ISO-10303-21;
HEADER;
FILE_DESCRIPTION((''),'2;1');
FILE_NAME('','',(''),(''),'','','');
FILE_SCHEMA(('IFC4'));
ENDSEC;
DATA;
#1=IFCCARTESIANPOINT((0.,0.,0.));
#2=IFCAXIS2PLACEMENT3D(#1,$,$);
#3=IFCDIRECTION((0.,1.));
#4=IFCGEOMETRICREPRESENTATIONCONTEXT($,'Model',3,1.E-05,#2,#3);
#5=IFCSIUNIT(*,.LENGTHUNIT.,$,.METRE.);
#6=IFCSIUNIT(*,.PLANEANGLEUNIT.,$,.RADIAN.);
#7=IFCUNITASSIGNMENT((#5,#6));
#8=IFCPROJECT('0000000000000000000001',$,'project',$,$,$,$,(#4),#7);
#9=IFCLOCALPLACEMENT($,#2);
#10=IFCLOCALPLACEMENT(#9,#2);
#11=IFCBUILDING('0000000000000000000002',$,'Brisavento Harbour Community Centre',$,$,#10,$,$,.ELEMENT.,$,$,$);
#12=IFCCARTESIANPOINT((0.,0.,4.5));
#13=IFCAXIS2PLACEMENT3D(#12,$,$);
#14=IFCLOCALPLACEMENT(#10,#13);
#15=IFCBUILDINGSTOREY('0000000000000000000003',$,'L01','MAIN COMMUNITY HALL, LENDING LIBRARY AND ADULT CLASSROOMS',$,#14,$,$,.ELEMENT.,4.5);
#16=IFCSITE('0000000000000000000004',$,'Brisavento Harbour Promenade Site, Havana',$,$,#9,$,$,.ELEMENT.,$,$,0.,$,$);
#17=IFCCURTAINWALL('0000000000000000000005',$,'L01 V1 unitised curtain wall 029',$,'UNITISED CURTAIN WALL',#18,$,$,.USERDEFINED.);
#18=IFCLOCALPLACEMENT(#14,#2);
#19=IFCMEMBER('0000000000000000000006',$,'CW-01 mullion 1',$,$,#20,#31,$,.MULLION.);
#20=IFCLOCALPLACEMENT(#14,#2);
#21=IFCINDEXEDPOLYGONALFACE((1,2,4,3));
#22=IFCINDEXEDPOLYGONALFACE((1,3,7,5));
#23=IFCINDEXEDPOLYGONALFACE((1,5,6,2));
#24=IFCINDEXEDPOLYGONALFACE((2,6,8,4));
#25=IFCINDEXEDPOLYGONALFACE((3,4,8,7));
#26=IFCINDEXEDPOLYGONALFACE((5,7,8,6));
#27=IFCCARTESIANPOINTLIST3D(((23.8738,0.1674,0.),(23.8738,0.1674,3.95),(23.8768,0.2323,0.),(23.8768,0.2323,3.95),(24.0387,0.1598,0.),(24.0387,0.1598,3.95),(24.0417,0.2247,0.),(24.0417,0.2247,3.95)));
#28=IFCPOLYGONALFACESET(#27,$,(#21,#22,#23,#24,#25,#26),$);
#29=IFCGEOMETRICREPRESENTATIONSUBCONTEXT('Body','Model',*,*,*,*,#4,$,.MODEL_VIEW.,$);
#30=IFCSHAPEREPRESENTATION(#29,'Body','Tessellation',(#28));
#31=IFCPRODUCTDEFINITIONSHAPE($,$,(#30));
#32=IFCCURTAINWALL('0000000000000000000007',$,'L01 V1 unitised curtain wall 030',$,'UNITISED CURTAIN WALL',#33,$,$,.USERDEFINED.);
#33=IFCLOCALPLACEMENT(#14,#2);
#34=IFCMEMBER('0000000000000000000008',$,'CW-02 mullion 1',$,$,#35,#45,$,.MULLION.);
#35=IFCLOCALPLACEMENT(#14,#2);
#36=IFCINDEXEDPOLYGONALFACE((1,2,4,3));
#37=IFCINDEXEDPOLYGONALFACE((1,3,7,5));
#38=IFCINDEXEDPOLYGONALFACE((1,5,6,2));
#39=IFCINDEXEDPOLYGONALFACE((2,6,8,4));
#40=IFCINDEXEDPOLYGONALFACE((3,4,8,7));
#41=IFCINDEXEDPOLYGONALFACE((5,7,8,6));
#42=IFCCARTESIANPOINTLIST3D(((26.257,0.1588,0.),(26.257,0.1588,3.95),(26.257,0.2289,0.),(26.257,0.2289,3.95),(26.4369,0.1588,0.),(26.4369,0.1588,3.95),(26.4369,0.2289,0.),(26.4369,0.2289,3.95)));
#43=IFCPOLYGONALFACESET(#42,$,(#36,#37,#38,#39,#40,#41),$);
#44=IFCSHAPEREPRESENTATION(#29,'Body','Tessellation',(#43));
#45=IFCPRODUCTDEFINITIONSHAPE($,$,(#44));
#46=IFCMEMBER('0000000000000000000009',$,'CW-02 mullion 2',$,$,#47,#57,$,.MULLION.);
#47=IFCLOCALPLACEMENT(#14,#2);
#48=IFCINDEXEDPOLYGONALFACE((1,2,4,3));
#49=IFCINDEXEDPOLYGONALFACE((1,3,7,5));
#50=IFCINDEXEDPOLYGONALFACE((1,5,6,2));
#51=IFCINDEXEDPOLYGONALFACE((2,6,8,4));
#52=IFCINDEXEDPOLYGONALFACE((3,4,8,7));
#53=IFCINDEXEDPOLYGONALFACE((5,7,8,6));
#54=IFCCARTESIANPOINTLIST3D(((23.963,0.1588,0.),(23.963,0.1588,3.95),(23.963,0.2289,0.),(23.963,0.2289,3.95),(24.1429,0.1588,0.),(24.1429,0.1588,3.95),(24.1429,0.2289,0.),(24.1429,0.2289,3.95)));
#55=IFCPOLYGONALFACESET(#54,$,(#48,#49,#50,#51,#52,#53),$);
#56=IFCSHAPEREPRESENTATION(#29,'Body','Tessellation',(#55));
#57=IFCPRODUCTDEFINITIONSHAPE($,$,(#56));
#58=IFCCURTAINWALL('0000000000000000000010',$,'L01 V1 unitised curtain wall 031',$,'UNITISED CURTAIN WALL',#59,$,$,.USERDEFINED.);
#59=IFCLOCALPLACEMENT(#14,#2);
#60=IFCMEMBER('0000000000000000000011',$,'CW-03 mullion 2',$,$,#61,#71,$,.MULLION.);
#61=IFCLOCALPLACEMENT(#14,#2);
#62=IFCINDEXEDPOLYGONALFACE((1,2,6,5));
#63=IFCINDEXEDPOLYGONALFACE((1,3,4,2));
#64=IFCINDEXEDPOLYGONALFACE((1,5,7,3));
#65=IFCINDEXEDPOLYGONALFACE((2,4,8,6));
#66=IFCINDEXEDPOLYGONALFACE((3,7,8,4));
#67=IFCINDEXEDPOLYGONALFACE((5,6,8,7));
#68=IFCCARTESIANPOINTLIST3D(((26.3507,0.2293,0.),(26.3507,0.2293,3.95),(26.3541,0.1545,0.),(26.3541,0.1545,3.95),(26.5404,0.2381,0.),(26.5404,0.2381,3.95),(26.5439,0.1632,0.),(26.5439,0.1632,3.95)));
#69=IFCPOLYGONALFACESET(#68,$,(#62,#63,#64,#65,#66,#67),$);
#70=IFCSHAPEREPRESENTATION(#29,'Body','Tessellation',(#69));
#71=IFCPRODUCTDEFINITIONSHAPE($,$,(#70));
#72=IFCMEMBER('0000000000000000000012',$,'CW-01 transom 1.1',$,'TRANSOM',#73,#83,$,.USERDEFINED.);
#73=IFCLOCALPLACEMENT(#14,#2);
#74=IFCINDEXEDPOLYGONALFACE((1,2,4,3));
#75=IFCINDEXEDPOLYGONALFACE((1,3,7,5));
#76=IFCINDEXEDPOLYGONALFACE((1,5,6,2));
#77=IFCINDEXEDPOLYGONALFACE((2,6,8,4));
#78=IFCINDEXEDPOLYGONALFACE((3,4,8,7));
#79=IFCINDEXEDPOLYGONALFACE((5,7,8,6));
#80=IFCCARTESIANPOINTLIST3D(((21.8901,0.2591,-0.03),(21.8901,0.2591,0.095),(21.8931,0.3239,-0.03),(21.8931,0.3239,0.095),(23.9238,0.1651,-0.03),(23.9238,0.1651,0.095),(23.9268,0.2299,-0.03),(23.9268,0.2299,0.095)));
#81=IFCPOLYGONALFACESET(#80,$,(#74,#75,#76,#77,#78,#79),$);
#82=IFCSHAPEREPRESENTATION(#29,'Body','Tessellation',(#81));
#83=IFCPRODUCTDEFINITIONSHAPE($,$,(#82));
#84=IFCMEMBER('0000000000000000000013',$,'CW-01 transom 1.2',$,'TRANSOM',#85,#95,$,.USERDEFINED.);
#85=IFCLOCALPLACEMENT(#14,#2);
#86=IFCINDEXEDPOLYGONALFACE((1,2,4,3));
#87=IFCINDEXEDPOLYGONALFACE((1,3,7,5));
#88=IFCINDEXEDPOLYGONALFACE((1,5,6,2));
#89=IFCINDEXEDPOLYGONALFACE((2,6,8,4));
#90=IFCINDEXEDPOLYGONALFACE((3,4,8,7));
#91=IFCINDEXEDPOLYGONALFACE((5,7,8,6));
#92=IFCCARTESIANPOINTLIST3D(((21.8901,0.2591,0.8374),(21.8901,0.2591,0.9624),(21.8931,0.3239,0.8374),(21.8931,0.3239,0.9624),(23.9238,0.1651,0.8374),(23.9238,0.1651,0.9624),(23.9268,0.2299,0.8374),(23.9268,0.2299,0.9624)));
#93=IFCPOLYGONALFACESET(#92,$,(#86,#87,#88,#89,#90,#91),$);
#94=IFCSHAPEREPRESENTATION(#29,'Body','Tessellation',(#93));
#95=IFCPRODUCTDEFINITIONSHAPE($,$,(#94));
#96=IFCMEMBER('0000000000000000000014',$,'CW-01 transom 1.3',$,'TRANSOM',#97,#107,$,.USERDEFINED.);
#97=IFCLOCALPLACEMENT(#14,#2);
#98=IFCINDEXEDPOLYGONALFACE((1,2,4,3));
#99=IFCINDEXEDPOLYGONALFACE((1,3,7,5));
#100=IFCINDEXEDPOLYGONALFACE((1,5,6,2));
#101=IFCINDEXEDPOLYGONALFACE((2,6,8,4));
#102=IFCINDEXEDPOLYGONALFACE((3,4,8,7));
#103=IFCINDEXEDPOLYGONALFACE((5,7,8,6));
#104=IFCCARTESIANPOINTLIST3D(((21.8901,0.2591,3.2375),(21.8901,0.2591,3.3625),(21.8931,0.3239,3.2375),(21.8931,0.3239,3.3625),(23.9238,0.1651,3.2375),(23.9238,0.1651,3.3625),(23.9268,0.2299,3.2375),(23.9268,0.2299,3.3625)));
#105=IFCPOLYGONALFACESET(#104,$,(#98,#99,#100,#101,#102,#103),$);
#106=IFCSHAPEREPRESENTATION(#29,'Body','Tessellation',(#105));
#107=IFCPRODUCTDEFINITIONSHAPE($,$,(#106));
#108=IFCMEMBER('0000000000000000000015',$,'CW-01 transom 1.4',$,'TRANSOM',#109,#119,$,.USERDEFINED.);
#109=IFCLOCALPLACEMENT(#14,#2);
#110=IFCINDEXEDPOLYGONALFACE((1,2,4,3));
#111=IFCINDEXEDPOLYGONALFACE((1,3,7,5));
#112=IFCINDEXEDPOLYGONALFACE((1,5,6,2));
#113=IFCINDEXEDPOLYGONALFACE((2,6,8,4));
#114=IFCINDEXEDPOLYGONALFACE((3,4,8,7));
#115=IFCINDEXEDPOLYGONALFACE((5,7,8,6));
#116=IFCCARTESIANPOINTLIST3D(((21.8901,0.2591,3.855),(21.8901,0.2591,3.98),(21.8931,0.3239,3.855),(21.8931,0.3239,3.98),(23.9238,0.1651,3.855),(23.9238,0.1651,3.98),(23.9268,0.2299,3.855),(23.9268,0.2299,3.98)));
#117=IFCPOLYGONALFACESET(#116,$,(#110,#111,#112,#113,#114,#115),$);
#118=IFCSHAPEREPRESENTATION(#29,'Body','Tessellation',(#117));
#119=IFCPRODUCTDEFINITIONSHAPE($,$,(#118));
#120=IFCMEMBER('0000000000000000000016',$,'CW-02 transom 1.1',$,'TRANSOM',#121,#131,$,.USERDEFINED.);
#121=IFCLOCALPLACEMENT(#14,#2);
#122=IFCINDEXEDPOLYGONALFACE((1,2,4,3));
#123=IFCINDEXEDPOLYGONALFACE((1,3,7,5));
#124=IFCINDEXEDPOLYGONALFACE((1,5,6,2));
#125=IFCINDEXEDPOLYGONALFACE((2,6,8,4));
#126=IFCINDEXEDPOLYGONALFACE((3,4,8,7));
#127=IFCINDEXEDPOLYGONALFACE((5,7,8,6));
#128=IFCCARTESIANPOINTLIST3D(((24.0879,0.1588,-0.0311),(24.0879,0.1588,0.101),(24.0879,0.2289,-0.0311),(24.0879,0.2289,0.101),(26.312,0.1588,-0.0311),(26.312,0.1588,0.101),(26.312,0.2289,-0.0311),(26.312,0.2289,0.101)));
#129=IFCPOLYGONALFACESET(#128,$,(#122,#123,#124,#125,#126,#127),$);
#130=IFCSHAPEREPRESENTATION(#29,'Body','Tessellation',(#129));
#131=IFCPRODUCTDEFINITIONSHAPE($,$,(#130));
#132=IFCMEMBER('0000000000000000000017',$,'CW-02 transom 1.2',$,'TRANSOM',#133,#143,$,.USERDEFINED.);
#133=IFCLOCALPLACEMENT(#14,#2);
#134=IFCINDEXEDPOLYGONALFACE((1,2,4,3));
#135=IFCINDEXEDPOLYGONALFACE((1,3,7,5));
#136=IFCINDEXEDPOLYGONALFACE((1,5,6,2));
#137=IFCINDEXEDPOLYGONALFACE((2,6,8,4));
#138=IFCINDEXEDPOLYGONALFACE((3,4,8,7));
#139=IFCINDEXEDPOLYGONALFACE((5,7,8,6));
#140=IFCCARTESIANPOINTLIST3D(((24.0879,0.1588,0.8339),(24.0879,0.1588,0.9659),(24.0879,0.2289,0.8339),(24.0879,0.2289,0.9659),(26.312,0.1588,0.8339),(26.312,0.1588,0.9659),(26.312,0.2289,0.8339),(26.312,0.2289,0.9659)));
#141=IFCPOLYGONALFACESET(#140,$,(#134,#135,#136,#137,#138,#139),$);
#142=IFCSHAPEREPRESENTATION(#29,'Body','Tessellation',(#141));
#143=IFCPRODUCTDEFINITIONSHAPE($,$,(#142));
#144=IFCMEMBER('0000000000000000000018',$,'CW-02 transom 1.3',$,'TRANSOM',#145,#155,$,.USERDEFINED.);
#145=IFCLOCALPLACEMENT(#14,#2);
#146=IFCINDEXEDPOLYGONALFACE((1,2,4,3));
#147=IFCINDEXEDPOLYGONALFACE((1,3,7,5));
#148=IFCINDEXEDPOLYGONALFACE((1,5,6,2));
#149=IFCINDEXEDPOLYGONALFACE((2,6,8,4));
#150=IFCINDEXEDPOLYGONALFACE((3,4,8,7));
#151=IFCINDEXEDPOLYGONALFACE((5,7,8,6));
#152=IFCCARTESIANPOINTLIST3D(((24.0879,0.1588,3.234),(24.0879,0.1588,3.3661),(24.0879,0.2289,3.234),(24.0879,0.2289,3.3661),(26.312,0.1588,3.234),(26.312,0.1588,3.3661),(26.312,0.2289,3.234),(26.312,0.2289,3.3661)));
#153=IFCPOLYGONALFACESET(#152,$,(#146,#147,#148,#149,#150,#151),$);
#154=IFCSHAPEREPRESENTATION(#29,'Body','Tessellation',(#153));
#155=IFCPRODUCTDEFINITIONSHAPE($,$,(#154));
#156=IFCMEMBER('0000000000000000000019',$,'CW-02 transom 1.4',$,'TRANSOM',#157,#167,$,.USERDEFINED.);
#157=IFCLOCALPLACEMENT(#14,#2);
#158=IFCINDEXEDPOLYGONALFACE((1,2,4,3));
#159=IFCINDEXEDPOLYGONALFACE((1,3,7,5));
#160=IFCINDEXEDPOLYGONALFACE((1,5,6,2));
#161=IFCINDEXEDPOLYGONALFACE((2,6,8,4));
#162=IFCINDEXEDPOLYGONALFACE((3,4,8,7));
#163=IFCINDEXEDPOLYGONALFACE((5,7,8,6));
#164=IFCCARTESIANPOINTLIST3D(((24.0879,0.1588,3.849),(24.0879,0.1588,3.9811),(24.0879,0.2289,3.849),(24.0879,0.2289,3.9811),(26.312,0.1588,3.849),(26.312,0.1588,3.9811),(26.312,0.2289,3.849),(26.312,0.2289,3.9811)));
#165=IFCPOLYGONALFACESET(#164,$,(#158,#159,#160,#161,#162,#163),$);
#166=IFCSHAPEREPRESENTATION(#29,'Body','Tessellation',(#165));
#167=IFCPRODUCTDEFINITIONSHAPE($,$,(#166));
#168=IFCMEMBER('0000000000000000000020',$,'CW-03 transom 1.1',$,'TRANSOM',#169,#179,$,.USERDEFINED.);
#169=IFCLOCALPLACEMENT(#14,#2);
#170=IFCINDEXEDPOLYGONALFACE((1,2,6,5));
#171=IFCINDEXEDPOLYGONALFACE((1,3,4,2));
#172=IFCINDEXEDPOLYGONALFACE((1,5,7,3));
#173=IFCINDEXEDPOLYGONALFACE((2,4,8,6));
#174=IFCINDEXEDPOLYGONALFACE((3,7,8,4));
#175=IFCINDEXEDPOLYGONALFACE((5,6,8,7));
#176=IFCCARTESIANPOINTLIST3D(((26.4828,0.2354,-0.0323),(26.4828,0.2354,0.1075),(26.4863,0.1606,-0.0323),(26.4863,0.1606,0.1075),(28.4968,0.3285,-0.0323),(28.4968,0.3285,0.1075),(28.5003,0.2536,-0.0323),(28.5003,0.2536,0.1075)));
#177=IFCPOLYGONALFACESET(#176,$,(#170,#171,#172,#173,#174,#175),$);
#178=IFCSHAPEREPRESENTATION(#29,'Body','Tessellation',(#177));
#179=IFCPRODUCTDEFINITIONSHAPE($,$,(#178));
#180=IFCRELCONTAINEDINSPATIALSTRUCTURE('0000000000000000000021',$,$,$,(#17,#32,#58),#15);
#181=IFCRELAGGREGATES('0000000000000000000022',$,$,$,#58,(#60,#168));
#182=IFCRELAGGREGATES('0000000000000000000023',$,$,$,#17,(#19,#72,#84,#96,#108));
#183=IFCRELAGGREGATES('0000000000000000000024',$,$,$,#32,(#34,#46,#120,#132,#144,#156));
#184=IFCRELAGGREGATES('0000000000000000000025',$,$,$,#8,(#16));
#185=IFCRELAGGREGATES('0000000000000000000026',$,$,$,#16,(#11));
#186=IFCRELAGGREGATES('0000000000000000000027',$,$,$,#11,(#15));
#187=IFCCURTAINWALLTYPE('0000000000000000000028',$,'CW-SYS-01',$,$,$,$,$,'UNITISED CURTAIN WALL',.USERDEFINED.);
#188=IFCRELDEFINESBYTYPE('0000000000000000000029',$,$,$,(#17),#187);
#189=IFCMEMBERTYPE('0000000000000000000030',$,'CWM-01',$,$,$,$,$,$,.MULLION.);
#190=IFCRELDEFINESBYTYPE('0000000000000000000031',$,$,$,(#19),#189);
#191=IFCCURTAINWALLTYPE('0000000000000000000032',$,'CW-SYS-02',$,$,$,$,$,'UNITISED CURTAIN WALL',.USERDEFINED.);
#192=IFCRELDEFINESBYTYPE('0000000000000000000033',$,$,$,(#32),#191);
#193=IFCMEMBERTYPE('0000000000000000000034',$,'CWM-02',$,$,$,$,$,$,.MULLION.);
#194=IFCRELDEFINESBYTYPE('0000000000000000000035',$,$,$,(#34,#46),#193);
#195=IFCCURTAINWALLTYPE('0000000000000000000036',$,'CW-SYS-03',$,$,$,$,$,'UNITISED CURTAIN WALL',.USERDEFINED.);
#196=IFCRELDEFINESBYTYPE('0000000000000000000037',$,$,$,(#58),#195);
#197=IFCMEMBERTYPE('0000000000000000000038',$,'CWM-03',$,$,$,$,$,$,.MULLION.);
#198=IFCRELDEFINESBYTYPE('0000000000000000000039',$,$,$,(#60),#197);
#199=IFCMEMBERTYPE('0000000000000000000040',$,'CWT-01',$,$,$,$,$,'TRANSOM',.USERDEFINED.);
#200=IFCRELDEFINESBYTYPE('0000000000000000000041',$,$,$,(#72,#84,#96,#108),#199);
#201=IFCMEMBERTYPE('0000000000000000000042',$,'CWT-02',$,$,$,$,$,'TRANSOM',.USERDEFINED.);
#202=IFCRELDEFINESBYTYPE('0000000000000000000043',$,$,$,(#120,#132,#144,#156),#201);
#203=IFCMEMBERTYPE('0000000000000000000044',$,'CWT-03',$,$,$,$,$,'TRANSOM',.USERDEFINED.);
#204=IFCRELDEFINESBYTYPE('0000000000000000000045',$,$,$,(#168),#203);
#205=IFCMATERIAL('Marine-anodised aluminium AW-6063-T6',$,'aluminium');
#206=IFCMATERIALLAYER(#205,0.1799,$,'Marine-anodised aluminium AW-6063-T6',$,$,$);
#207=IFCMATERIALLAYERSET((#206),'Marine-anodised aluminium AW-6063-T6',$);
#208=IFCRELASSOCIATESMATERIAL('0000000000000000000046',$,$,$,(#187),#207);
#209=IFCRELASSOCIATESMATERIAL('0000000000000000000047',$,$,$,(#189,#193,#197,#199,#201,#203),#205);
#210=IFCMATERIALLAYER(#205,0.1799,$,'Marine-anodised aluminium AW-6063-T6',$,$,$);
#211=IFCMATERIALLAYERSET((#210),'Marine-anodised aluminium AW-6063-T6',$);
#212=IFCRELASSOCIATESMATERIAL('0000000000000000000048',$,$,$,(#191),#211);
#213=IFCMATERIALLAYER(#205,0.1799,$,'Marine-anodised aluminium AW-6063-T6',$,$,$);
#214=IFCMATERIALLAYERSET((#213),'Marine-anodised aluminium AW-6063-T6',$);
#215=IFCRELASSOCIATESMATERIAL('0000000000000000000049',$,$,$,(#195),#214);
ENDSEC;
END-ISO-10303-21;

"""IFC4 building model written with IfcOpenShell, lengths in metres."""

from ifc_helpers import new_model, si_unit, direction, frame, origin, origin_2d, place, context, subcontext, project, spatial, rectangle, extrude, material, layer, layer_set, material_profile, profile_set, type_object, element, aggregate, save


model = new_model("IFC4")

# Units and contexts
model_context = context("Model", 3, precision=1e-05, world=origin(), true_north=direction((0.0, 1.0)))
body_context = subcontext(model_context, "Body", "Model", "MODEL_VIEW")
ifc_project = project(units=[si_unit("LENGTHUNIT", "METRE"), si_unit("PLANEANGLEUNIT", "RADIAN")], contexts=[model_context])

# Site, building, storey
site_placement = place(None, origin())
site = spatial("IfcSite", under=ifc_project, at=site_placement, Name="Brisavento Harbour Promenade Site, Havana", CompositionType="ELEMENT", RefElevation=0.0)
building_placement = place(site_placement, origin())
building = spatial("IfcBuilding", under=site, at=building_placement, Name="Brisavento Harbour Community Centre", CompositionType="ELEMENT")
storey_placement = place(building_placement, frame((0.0, 0.0, 4.5)))
storey = spatial("IfcBuildingStorey", under=building, at=storey_placement, Name="L01", Description="MAIN COMMUNITY HALL, LENDING LIBRARY AND ADULT CLASSROOMS", CompositionType="ELEMENT", Elevation=4.5)

# Curtain wall, member
ifc_material_1 = material(Name="Marine-anodised aluminium AW-6063-T6", Category="aluminium")
ifc_layer_1 = layer(ifc_material_1, 0.1799, Name="Marine-anodised aluminium AW-6063-T6")
ifc_layer_set_1 = layer_set([ifc_layer_1], Name="Marine-anodised aluminium AW-6063-T6")
curtain_wall_type_1 = type_object("IfcCurtainWallType", Name="CW-SYS-01", ElementType="UNITISED CURTAIN WALL", PredefinedType="USERDEFINED", material=ifc_layer_set_1)
curtain_wall_1_placement = place(storey_placement, origin())
curtain_wall_1 = element("IfcCurtainWall", 1, at=curtain_wall_1_placement, inside=storey, type_object=curtain_wall_type_1, Name="L01 V1 unitised curtain wall 029", ObjectType="UNITISED CURTAIN WALL", PredefinedType="USERDEFINED")
ifc_material_profile_1 = material_profile(ifc_material_1, rectangle(XDim=0.0649, YDim=0.165, at=origin_2d()), Name="Marine-anodised aluminium AW-6063-T6")
ifc_profile_set_1 = profile_set([ifc_material_profile_1], Name="Marine-anodised aluminium AW-6063-T6")
member_type_1 = type_object("IfcMemberType", Name="CWM-01", PredefinedType="MULLION", material=ifc_profile_set_1)
member_1_placement = place(storey_placement, frame((23.9578, 0.196, 0.0), z_axis=(0.0, 0.0, 1.0), x_axis=(-0.046168, -0.998934, 0.0)))
member_1 = element("IfcMember", 2, at=member_1_placement, type_object=member_type_1, Name="CW-01 mullion 1", PredefinedType="MULLION", context=body_context, shape_type="SweptSolid", body=[
    extrude(rectangle(XDim=0.0649, YDim=0.165, at=origin_2d()), origin(), (0.0, 0.0, 1.0), 3.95),
])

# Curtain wall, members
ifc_layer_2 = layer(ifc_material_1, 0.1799, Name="Marine-anodised aluminium AW-6063-T6")
ifc_layer_set_2 = layer_set([ifc_layer_2], Name="Marine-anodised aluminium AW-6063-T6")
curtain_wall_type_2 = type_object("IfcCurtainWallType", Name="CW-SYS-02", ElementType="UNITISED CURTAIN WALL", PredefinedType="USERDEFINED", material=ifc_layer_set_2)
curtain_wall_2_placement = place(storey_placement, origin())
curtain_wall_2 = element("IfcCurtainWall", 3, at=curtain_wall_2_placement, inside=storey, type_object=curtain_wall_type_2, Name="L01 V1 unitised curtain wall 030", ObjectType="UNITISED CURTAIN WALL", PredefinedType="USERDEFINED")
ifc_material_profile_2 = material_profile(ifc_material_1, rectangle(XDim=0.0701, YDim=0.1799, at=origin_2d()), Name="Marine-anodised aluminium AW-6063-T6")
ifc_profile_set_2 = profile_set([ifc_material_profile_2], Name="Marine-anodised aluminium AW-6063-T6")
member_type_2 = type_object("IfcMemberType", Name="CWM-02", PredefinedType="MULLION", material=ifc_profile_set_2)
member_2_placement = place(storey_placement, frame((26.3469, 0.1938, 0.0), z_axis=(0.0, 0.0, 1.0), x_axis=(0.0, -1.0, 0.0)))
member_2 = element("IfcMember", 4, at=member_2_placement, type_object=member_type_2, Name="CW-02 mullion 1", PredefinedType="MULLION", context=body_context, shape_type="SweptSolid", body=[
    extrude(rectangle(XDim=0.0701, YDim=0.1799, at=origin_2d()), origin(), (0.0, 0.0, 1.0), 3.95),
])
member_3_placement = place(storey_placement, frame((24.053, 0.1938, 0.0), z_axis=(0.0, 0.0, 1.0), x_axis=(0.0, -1.0, 0.0)))
member_3 = element("IfcMember", 5, at=member_3_placement, type_object=member_type_2, Name="CW-02 mullion 2", PredefinedType="MULLION", context=body_context, shape_type="SweptSolid", body=[
    extrude(rectangle(XDim=0.0701, YDim=0.1799, at=origin_2d()), origin(), (0.0, 0.0, 1.0), 3.95),
])

# Curtain wall, member
ifc_layer_3 = layer(ifc_material_1, 0.1799, Name="Marine-anodised aluminium AW-6063-T6")
ifc_layer_set_3 = layer_set([ifc_layer_3], Name="Marine-anodised aluminium AW-6063-T6")
curtain_wall_type_3 = type_object("IfcCurtainWallType", Name="CW-SYS-03", ElementType="UNITISED CURTAIN WALL", PredefinedType="USERDEFINED", material=ifc_layer_set_3)
curtain_wall_3_placement = place(storey_placement, origin())
curtain_wall_3 = element("IfcCurtainWall", 6, at=curtain_wall_3_placement, inside=storey, type_object=curtain_wall_type_3, Name="L01 V1 unitised curtain wall 031", ObjectType="UNITISED CURTAIN WALL", PredefinedType="USERDEFINED")
ifc_material_profile_3 = material_profile(ifc_material_1, rectangle(XDim=0.075, YDim=0.1899, at=origin_2d()), Name="Marine-anodised aluminium AW-6063-T6")
ifc_profile_set_3 = profile_set([ifc_material_profile_3], Name="Marine-anodised aluminium AW-6063-T6")
member_type_3 = type_object("IfcMemberType", Name="CWM-03", PredefinedType="MULLION", material=ifc_profile_set_3)
member_4_placement = place(storey_placement, frame((26.4473, 0.1963, 0.0), z_axis=(0.0, 0.0, 1.0), x_axis=(0.046168, -0.998934, 0.0)))
member_4 = element("IfcMember", 7, at=member_4_placement, type_object=member_type_3, Name="CW-03 mullion 2", PredefinedType="MULLION", context=body_context, shape_type="SweptSolid", body=[
    extrude(rectangle(XDim=0.075, YDim=0.1899, at=origin_2d()), origin(), (0.0, 0.0, 1.0), 3.95),
])

# Members
ifc_material_profile_4 = material_profile(ifc_material_1, rectangle(XDim=0.0649, YDim=0.125, at=origin_2d()), Name="Marine-anodised aluminium AW-6063-T6")
ifc_profile_set_4 = profile_set([ifc_material_profile_4], Name="Marine-anodised aluminium AW-6063-T6")
member_type_4 = type_object("IfcMemberType", Name="CWT-01", ElementType="TRANSOM", PredefinedType="USERDEFINED", material=ifc_profile_set_4)
member_5_placement = place(storey_placement, frame((23.9253, 0.1975, 0.0325), z_axis=(-0.998934, 0.046169, 0.0), x_axis=(-0.046169, -0.998934, 0.0)))
member_5 = element("IfcMember", 8, at=member_5_placement, type_object=member_type_4, Name="CW-01 transom 1.1", ObjectType="TRANSOM", PredefinedType="USERDEFINED", context=body_context, shape_type="SweptSolid", body=[
    extrude(rectangle(XDim=0.0649, YDim=0.125, at=origin_2d()), origin(), (0.0, 0.0, 1.0), 2.0359),
])
member_6_placement = place(storey_placement, frame((23.9253, 0.1975, 0.8999), z_axis=(-0.998934, 0.046169, 0.0), x_axis=(-0.046169, -0.998934, 0.0)))
member_6 = element("IfcMember", 9, at=member_6_placement, type_object=member_type_4, Name="CW-01 transom 1.2", ObjectType="TRANSOM", PredefinedType="USERDEFINED", context=body_context, shape_type="SweptSolid", body=[
    extrude(rectangle(XDim=0.0649, YDim=0.125, at=origin_2d()), origin(), (0.0, 0.0, 1.0), 2.0359),
])
member_7_placement = place(storey_placement, frame((23.9253, 0.1975, 3.3), z_axis=(-0.998934, 0.046169, 0.0), x_axis=(-0.046169, -0.998934, 0.0)))
member_7 = element("IfcMember", 10, at=member_7_placement, type_object=member_type_4, Name="CW-01 transom 1.3", ObjectType="TRANSOM", PredefinedType="USERDEFINED", context=body_context, shape_type="SweptSolid", body=[
    extrude(rectangle(XDim=0.0649, YDim=0.125, at=origin_2d()), origin(), (0.0, 0.0, 1.0), 2.0359),
])
member_8_placement = place(storey_placement, frame((23.9253, 0.1975, 3.9175), z_axis=(-0.998934, 0.046169, 0.0), x_axis=(-0.046169, -0.998934, 0.0)))
member_8 = element("IfcMember", 11, at=member_8_placement, type_object=member_type_4, Name="CW-01 transom 1.4", ObjectType="TRANSOM", PredefinedType="USERDEFINED", context=body_context, shape_type="SweptSolid", body=[
    extrude(rectangle(XDim=0.0649, YDim=0.125, at=origin_2d()), origin(), (0.0, 0.0, 1.0), 2.0359),
])
ifc_material_profile_5 = material_profile(ifc_material_1, rectangle(XDim=0.0701, YDim=0.1321, at=origin_2d()), Name="Marine-anodised aluminium AW-6063-T6")
ifc_profile_set_5 = profile_set([ifc_material_profile_5], Name="Marine-anodised aluminium AW-6063-T6")
member_type_5 = type_object("IfcMemberType", Name="CWT-02", ElementType="TRANSOM", PredefinedType="USERDEFINED", material=ifc_profile_set_5)
member_9_placement = place(storey_placement, frame((26.312, 0.1938, 0.0349), z_axis=(-1.0, 0.0, 0.0), x_axis=(0.0, -1.0, 0.0)))
member_9 = element("IfcMember", 12, at=member_9_placement, type_object=member_type_5, Name="CW-02 transom 1.1", ObjectType="TRANSOM", PredefinedType="USERDEFINED", context=body_context, shape_type="SweptSolid", body=[
    extrude(rectangle(XDim=0.0701, YDim=0.1321, at=origin_2d()), origin(), (0.0, 0.0, 1.0), 2.2241),
])
member_10_placement = place(storey_placement, frame((26.312, 0.1938, 0.8999), z_axis=(-1.0, 0.0, 0.0), x_axis=(0.0, -1.0, 0.0)))
member_10 = element("IfcMember", 13, at=member_10_placement, type_object=member_type_5, Name="CW-02 transom 1.2", ObjectType="TRANSOM", PredefinedType="USERDEFINED", context=body_context, shape_type="SweptSolid", body=[
    extrude(rectangle(XDim=0.0701, YDim=0.1321, at=origin_2d()), origin(), (0.0, 0.0, 1.0), 2.2241),
])
member_11_placement = place(storey_placement, frame((26.312, 0.1938, 3.3), z_axis=(-1.0, 0.0, 0.0), x_axis=(0.0, -1.0, 0.0)))
member_11 = element("IfcMember", 14, at=member_11_placement, type_object=member_type_5, Name="CW-02 transom 1.3", ObjectType="TRANSOM", PredefinedType="USERDEFINED", context=body_context, shape_type="SweptSolid", body=[
    extrude(rectangle(XDim=0.0701, YDim=0.1321, at=origin_2d()), origin(), (0.0, 0.0, 1.0), 2.2241),
])
member_12_placement = place(storey_placement, frame((26.312, 0.1938, 3.915), z_axis=(-1.0, 0.0, 0.0), x_axis=(0.0, -1.0, 0.0)))
member_12 = element("IfcMember", 15, at=member_12_placement, type_object=member_type_5, Name="CW-02 transom 1.4", ObjectType="TRANSOM", PredefinedType="USERDEFINED", context=body_context, shape_type="SweptSolid", body=[
    extrude(rectangle(XDim=0.0701, YDim=0.1321, at=origin_2d()), origin(), (0.0, 0.0, 1.0), 2.2241),
])
ifc_material_profile_6 = material_profile(ifc_material_1, rectangle(XDim=0.075, YDim=0.1399, at=origin_2d()), Name="Marine-anodised aluminium AW-6063-T6")
ifc_profile_set_6 = profile_set([ifc_material_profile_6], Name="Marine-anodised aluminium AW-6063-T6")
member_type_6 = type_object("IfcMemberType", Name="CWT-03", ElementType="TRANSOM", PredefinedType="USERDEFINED", material=ifc_profile_set_6)
member_13_placement = place(storey_placement, frame((28.4985, 0.291, 0.0376), z_axis=(-0.998935, -0.046138, 0.0), x_axis=(0.046138, -0.998935, 0.0)))
member_13 = element("IfcMember", 16, at=member_13_placement, type_object=member_type_6, Name="CW-03 transom 1.1", ObjectType="TRANSOM", PredefinedType="USERDEFINED", context=body_context, shape_type="SweptSolid", body=[
    extrude(rectangle(XDim=0.075, YDim=0.1399, at=origin_2d()), origin(), (0.0, 0.0, 1.0), 2.0161),
])

aggregate(curtain_wall_3, [member_4, member_13])
aggregate(curtain_wall_1, [member_1, member_5, member_6, member_7, member_8])
aggregate(curtain_wall_2, [member_2, member_3, member_9, member_10, member_11, member_12])

save(model, "model.ifc")
